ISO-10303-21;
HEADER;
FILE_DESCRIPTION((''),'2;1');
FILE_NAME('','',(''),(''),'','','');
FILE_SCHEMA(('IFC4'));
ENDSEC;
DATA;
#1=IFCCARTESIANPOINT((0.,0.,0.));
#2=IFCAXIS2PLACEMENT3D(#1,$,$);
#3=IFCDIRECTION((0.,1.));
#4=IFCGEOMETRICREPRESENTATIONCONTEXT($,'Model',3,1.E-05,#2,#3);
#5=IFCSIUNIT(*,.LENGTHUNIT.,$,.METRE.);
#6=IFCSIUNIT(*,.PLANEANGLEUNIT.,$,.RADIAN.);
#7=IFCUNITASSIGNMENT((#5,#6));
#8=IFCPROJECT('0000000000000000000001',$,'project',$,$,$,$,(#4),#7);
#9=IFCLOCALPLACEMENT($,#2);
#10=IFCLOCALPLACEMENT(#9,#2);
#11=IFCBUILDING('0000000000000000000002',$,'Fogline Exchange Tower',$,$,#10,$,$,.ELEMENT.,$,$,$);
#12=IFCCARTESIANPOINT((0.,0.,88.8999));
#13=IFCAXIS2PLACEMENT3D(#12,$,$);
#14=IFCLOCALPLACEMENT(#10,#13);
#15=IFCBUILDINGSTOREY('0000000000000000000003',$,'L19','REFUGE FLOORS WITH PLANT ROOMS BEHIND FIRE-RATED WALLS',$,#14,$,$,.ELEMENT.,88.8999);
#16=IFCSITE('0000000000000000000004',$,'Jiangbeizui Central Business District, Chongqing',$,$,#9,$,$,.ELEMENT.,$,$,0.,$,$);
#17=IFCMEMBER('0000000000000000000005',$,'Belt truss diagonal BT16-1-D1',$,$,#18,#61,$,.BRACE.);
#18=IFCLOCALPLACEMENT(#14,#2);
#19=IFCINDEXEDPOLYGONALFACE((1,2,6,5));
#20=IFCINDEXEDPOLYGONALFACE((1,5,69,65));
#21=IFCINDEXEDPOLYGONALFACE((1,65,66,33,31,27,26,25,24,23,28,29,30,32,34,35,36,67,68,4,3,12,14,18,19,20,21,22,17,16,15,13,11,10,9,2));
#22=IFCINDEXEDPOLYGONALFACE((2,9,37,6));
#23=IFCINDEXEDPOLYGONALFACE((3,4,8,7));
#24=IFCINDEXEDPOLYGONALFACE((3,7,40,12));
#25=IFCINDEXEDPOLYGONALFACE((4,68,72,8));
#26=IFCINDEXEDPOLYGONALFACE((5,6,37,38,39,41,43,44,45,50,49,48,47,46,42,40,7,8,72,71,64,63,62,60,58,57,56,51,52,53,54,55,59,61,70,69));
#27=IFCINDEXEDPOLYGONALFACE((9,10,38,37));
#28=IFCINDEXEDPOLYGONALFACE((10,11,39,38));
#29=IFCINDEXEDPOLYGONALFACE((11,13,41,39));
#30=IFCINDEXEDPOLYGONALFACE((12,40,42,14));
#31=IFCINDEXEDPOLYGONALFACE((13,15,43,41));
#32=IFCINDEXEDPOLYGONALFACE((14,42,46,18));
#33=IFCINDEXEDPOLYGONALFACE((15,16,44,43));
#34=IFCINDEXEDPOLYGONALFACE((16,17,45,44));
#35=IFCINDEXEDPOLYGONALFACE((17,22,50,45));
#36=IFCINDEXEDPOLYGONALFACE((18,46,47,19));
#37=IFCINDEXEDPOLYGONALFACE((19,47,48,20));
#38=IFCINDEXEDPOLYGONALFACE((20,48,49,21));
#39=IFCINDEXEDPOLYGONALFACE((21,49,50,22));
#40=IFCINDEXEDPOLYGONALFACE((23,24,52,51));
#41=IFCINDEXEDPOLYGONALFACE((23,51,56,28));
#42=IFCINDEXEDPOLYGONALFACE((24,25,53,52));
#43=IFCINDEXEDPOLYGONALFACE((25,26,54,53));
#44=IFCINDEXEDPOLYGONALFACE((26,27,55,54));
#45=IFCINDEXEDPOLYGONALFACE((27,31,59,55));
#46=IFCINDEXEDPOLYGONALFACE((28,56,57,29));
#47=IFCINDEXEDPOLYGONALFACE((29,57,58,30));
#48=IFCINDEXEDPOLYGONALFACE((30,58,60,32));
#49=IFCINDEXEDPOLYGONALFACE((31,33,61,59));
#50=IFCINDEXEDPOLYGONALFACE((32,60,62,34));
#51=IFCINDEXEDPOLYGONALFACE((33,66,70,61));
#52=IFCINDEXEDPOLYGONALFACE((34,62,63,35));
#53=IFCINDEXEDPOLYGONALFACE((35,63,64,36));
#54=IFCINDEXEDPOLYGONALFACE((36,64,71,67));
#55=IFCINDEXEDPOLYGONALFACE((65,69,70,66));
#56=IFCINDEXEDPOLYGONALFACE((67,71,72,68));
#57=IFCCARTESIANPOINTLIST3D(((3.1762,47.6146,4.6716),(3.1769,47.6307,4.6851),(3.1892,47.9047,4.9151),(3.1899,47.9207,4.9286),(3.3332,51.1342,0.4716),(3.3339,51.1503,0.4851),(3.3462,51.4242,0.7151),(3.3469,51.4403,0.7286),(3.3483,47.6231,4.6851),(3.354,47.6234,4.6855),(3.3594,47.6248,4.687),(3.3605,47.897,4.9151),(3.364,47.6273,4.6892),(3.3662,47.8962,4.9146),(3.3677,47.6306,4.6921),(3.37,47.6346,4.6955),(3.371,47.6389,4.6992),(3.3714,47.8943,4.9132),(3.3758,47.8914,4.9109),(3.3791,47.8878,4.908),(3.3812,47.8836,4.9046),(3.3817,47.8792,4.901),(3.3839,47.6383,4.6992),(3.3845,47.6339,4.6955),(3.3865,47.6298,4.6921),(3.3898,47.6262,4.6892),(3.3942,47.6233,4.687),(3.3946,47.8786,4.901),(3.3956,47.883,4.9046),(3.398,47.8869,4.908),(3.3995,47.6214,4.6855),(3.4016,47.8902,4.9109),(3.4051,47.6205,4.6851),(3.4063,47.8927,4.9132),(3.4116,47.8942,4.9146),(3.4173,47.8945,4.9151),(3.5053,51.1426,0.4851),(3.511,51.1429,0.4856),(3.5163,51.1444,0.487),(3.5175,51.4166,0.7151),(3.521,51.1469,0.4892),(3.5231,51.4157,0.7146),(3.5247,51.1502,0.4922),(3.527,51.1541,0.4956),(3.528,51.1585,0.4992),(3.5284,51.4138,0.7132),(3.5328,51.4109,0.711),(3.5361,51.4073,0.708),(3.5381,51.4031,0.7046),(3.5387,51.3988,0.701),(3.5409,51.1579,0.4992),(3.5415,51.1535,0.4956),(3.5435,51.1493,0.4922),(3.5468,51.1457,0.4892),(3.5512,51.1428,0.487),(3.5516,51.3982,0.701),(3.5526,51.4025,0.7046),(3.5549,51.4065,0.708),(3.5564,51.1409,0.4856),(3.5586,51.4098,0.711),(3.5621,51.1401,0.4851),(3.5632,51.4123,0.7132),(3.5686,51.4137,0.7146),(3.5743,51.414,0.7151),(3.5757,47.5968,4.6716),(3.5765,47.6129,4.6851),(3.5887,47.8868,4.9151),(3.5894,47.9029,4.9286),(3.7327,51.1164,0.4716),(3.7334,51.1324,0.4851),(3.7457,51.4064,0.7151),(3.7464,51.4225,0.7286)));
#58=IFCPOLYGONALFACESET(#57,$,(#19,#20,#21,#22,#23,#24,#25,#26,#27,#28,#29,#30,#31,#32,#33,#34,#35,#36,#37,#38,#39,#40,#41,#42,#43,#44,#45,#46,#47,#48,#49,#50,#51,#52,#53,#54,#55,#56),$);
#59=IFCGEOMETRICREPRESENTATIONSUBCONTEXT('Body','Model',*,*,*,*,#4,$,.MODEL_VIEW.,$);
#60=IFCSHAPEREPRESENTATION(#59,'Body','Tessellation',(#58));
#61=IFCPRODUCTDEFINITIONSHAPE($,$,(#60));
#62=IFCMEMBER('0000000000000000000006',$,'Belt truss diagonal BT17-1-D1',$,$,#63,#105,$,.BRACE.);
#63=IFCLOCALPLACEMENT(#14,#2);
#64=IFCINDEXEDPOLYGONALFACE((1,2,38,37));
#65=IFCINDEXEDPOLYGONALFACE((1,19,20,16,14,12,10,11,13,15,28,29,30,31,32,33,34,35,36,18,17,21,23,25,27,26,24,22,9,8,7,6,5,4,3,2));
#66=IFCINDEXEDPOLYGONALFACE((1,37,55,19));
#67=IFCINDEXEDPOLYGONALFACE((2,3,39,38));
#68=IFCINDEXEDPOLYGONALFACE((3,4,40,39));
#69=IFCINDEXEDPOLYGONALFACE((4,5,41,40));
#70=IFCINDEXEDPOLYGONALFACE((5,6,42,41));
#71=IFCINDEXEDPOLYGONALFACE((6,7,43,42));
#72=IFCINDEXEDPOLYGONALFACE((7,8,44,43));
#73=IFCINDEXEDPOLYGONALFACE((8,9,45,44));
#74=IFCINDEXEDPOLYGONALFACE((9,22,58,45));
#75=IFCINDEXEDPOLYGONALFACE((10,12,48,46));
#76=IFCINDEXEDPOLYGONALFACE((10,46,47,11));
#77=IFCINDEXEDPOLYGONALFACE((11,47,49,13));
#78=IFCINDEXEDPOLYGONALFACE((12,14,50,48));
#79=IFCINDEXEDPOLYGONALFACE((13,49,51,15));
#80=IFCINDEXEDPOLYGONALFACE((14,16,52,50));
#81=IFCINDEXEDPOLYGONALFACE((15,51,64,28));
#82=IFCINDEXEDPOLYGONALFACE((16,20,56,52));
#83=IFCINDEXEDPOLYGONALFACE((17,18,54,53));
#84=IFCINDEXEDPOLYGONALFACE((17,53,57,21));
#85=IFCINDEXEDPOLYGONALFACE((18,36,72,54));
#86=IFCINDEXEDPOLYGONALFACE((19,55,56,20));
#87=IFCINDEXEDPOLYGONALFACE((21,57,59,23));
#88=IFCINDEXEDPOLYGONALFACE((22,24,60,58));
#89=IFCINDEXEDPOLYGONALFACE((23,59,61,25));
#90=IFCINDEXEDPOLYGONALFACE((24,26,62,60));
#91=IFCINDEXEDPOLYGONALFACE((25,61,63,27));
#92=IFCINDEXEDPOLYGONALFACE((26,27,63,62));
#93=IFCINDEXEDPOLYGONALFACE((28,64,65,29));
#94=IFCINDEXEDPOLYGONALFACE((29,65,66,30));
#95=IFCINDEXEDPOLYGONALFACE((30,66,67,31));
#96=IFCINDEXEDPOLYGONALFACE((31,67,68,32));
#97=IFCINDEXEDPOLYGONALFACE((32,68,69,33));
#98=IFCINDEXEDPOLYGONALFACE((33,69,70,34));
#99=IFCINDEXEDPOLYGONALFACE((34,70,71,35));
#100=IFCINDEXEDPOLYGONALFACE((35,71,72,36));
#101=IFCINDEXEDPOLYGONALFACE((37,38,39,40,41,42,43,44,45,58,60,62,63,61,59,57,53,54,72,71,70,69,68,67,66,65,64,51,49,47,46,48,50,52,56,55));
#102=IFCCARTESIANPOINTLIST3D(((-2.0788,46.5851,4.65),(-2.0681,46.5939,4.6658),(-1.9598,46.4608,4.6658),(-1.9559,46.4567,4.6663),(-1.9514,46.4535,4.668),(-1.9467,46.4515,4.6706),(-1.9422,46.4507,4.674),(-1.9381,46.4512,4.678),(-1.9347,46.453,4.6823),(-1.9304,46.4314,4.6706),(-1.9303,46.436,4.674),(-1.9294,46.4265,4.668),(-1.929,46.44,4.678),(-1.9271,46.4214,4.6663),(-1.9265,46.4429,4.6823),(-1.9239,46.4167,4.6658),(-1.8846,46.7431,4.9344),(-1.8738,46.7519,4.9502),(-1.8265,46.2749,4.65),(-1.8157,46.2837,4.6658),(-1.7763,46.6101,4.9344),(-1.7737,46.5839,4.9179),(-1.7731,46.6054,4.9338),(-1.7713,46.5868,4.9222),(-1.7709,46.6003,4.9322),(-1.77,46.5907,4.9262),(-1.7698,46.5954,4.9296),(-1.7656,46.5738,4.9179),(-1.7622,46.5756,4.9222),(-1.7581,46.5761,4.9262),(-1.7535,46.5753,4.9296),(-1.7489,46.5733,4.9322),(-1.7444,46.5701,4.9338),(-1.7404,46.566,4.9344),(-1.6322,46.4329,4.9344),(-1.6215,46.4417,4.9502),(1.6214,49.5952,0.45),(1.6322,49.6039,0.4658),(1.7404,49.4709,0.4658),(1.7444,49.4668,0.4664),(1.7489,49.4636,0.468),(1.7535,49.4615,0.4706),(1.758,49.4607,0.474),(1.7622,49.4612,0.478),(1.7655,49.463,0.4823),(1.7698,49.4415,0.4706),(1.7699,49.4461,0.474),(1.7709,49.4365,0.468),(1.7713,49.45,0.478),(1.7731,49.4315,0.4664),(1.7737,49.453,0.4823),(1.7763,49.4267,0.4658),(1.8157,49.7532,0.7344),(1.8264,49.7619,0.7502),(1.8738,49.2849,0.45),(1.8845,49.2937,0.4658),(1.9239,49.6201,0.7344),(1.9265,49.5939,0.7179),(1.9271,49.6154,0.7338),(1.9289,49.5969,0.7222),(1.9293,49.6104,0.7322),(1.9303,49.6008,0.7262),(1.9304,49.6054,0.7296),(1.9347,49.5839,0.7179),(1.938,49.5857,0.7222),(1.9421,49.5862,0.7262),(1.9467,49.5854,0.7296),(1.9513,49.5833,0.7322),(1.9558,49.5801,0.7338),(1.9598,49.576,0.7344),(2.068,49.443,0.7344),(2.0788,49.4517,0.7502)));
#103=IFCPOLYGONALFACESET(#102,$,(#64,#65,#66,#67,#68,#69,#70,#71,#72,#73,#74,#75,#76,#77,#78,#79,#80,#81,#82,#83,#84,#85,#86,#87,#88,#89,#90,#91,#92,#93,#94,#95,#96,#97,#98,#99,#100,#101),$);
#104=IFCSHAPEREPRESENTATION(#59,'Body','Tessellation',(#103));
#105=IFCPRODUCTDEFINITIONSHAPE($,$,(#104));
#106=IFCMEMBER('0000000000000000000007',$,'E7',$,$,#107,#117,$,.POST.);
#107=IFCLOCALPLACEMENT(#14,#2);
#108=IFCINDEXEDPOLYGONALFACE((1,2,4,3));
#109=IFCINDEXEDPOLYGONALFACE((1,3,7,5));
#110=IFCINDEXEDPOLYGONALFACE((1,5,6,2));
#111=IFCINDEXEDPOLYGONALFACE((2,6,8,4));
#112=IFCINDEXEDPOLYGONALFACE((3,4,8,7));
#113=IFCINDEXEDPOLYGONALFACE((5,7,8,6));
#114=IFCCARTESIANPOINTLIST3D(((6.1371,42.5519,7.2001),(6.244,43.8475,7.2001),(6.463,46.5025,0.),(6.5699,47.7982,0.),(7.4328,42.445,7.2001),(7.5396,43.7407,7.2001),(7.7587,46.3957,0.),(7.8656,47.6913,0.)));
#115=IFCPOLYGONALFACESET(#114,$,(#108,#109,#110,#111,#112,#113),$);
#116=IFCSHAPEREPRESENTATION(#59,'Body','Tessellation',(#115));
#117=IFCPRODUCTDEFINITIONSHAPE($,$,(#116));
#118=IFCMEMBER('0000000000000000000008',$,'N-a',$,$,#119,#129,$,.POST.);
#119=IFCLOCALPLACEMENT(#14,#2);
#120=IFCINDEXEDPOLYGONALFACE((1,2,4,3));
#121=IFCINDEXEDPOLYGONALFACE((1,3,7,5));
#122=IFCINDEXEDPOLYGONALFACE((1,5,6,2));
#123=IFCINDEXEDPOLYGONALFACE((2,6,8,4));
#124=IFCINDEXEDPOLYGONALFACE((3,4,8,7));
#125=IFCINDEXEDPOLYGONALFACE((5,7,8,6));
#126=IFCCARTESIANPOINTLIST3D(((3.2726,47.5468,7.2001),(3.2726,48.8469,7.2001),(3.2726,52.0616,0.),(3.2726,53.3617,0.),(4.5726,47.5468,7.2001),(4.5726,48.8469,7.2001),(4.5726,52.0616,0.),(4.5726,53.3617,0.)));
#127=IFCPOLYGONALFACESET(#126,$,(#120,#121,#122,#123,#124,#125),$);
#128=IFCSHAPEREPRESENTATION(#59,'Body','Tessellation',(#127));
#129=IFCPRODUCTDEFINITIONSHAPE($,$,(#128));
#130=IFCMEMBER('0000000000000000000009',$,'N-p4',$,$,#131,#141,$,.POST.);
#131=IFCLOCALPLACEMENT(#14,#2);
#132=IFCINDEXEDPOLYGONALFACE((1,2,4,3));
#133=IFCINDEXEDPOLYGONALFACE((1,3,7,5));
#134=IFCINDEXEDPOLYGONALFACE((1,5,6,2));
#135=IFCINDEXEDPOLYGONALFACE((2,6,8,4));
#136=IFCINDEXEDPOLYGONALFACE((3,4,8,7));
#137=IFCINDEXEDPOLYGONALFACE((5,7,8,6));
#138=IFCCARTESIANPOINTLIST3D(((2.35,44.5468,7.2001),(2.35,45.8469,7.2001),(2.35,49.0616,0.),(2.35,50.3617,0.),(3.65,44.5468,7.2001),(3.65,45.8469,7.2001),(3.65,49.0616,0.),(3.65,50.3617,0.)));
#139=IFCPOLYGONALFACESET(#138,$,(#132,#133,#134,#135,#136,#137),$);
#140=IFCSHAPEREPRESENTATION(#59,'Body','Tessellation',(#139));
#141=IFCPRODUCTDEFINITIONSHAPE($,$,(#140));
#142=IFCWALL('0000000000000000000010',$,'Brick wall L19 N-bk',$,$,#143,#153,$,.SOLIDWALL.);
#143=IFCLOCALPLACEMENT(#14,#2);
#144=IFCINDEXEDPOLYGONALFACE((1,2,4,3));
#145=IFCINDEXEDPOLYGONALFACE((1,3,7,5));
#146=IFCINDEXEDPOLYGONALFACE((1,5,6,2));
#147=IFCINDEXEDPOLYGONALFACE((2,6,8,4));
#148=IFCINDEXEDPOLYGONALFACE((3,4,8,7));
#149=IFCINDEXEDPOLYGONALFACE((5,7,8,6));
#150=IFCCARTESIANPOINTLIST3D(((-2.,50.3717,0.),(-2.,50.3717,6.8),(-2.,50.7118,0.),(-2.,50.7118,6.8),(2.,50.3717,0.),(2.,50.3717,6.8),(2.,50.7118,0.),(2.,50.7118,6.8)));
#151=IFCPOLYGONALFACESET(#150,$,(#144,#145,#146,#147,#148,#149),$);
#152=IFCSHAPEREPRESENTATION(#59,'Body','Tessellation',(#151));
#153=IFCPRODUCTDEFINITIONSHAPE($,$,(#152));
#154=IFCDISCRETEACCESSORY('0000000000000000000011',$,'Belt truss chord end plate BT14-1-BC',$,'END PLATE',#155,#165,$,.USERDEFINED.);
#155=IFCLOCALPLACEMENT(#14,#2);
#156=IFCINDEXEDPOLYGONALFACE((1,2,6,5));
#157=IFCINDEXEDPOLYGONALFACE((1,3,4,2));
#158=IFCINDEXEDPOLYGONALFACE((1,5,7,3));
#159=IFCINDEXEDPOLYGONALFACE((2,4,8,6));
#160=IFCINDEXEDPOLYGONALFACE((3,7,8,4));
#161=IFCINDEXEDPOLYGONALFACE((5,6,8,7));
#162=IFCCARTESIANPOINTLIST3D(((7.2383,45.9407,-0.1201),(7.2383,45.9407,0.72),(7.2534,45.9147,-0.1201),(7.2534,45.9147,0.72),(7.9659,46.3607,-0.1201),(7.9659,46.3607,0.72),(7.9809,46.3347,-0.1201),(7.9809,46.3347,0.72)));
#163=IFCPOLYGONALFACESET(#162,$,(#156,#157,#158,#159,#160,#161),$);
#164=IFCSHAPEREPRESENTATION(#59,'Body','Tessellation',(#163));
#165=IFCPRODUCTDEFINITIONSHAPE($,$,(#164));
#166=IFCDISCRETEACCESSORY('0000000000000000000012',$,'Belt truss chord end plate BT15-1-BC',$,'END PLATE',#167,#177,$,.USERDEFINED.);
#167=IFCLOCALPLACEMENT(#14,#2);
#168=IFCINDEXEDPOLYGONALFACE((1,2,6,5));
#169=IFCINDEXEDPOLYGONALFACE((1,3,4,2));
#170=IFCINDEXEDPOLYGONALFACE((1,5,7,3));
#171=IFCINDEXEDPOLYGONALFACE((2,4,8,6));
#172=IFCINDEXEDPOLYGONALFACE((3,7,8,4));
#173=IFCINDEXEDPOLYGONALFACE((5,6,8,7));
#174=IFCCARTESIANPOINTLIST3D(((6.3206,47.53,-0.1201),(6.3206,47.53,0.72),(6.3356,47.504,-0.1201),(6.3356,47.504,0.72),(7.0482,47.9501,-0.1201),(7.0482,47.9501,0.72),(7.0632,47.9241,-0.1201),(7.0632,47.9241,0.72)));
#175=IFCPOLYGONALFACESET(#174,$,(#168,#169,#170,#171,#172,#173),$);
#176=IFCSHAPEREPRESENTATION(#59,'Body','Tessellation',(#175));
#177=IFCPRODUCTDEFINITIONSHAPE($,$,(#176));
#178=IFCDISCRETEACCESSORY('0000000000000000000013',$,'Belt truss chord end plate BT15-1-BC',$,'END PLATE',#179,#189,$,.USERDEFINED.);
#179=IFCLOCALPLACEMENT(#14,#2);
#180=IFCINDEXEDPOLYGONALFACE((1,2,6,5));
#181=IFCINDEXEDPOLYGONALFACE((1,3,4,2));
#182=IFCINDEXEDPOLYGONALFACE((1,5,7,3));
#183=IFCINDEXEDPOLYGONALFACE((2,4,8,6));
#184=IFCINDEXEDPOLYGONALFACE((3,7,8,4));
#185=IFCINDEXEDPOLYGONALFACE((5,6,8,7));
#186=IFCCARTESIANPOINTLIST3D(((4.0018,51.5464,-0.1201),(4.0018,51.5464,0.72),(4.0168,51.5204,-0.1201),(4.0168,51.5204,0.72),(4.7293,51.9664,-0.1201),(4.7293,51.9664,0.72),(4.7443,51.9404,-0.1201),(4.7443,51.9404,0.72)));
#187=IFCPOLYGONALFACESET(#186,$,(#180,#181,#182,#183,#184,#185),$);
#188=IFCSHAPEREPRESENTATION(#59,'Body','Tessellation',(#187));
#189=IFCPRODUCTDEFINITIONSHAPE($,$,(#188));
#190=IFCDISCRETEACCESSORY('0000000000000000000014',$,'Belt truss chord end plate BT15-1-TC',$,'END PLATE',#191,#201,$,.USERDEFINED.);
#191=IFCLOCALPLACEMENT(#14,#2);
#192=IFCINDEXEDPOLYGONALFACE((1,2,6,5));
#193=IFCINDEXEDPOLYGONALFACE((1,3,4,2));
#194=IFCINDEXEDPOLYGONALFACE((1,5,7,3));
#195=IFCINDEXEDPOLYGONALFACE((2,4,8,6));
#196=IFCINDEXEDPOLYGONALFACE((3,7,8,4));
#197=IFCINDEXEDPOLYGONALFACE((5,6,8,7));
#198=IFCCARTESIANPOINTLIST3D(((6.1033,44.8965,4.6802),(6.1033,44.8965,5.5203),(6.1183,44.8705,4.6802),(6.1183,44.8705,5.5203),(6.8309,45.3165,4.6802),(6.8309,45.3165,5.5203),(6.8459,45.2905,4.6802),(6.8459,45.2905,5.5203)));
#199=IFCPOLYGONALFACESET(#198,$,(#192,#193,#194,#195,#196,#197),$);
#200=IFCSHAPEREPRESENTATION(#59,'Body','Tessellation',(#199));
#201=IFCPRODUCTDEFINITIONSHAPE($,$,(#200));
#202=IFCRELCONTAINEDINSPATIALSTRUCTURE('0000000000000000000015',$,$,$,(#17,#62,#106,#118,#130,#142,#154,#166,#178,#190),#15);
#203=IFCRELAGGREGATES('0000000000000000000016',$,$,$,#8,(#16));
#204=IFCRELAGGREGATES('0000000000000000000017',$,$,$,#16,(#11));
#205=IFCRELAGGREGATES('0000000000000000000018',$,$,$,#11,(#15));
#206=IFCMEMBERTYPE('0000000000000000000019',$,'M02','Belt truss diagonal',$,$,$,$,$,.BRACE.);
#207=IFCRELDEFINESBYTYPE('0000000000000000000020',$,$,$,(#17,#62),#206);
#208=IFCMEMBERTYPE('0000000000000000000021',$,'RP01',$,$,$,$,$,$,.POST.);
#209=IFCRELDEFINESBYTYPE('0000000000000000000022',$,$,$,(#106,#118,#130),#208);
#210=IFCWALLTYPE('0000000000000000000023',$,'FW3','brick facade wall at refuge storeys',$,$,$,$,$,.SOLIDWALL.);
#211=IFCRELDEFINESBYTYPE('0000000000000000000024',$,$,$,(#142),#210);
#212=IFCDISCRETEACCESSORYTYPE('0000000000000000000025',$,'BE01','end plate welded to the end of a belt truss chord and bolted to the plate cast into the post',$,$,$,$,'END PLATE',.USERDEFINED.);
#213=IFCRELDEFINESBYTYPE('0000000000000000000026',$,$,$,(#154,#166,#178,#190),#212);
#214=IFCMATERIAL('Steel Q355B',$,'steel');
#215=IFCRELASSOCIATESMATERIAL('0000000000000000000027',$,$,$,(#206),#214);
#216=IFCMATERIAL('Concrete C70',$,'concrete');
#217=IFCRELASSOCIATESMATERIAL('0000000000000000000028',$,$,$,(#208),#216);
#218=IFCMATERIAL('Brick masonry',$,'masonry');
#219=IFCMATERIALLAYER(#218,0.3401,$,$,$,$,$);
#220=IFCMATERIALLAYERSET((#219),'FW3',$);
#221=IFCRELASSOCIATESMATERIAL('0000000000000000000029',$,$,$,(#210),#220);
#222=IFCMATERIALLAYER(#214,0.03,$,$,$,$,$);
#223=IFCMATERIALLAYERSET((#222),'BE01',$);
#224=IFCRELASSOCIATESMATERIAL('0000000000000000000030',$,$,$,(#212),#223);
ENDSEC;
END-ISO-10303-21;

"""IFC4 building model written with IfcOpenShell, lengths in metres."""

from ifc_helpers import new_model, si_unit, direction, frame, frame_2d, origin, origin_2d, place, context, subcontext, project, spatial, rectangle, i_section, extrude, material, layer, layer_set, material_profile, profile_set, type_object, element, save


model = new_model("IFC4")

# Units and contexts
model_context = context("Model", 3, precision=1e-05, world=origin(), true_north=direction((0.0, 1.0)))
body_context = subcontext(model_context, "Body", "Model", "MODEL_VIEW")
ifc_project = project(units=[si_unit("LENGTHUNIT", "METRE"), si_unit("PLANEANGLEUNIT", "RADIAN")], contexts=[model_context])

# Site, building, storey
site_placement = place(None, origin())
site = spatial("IfcSite", under=ifc_project, at=site_placement, Name="Jiangbeizui Central Business District, Chongqing", CompositionType="ELEMENT", RefElevation=0.0)
building_placement = place(site_placement, origin())
building = spatial("IfcBuilding", under=site, at=building_placement, Name="Fogline Exchange Tower", CompositionType="ELEMENT")
storey_placement = place(building_placement, frame((0.0, 0.0, 88.8999)))
storey = spatial("IfcBuildingStorey", under=building, at=storey_placement, Name="L19", Description="REFUGE FLOORS WITH PLANT ROOMS BEHIND FIRE-RATED WALLS", CompositionType="ELEMENT", Elevation=88.8999)

# Members
ifc_material_1 = material(Name="Steel Q355B", Category="steel")
ifc_material_profile_1 = material_profile(ifc_material_1, i_section(OverallWidth=0.3999, OverallDepth=0.3999, WebThickness=0.0129, FlangeThickness=0.021, FilletRadius=0.022, at=origin_2d()), Name="HW400X400X13X21")
ifc_profile_set_1 = profile_set([ifc_material_profile_1], Name="Steel Q355B")
member_type_1 = type_object("IfcMemberType", Name="M02", Description="Belt truss diagonal", PredefinedType="BRACE", material=ifc_profile_set_1)
member_1_placement = place(storey_placement, frame((3.5398, 51.2783, 0.6001), z_axis=(-0.028636, -0.642026, 0.766147), x_axis=(0.999007, -0.044559, 0.0)))
element("IfcMember", 1, at=member_1_placement, inside=storey, type_object=member_type_1, Name="Belt truss diagonal BT16-1-D1", PredefinedType="BRACE", context=body_context, shape_type="SweptSolid", body=[
    extrude(i_section(OverallWidth=0.3999, OverallDepth=0.3999, WebThickness=0.0129, FlangeThickness=0.021, FilletRadius=0.022, at=origin_2d()), origin(), (0.0, 0.0, 1.0), 5.4819),
])
member_2_placement = place(storey_placement, frame((1.8501, 49.5234, 0.6001), z_axis=(-0.582212, -0.473614, 0.660847), x_axis=(0.631047, -0.775744, 0.0)))
element("IfcMember", 2, at=member_2_placement, inside=storey, type_object=member_type_1, Name="Belt truss diagonal BT17-1-D1", PredefinedType="BRACE", context=body_context, shape_type="SweptSolid", body=[
    extrude(i_section(OverallWidth=0.3999, OverallDepth=0.3999, WebThickness=0.0129, FlangeThickness=0.021, FilletRadius=0.022, at=origin_2d()), origin(), (0.0, 0.0, 1.0), 6.3555),
])
ifc_material_2 = material(Name="Concrete C70", Category="concrete")
ifc_material_profile_2 = material_profile(ifc_material_2, rectangle(XDim=1.3, YDim=1.3, at=origin_2d()), Name="RC 1300x1300")
ifc_profile_set_2 = profile_set([ifc_material_profile_2], Name="Concrete C70")
member_type_2 = type_object("IfcMemberType", Name="RP01", PredefinedType="POST", material=ifc_profile_set_2)
member_3_placement = place(storey_placement, frame((7.1643, 47.0969, 0.0), z_axis=(0.0, 0.0, 1.0), x_axis=(0.996614, -0.08222, 0.0)))
element("IfcMember", 3, at=member_3_placement, inside=storey, type_object=member_type_2, Name="E7", PredefinedType="POST", context=body_context, shape_type="SweptSolid", body=[
    extrude(rectangle(XDim=1.3, YDim=1.3, at=origin_2d()), origin(), (0.0, -0.482292, 0.87601), 8.2192),
])
for number, where, z_axis, x_axis, name in (
    (4, (3.9226, 52.7117, 0.0), (0.0, 0.0, 1.0), (1.0, 0.0, 0.0), "N-a"),
    (5, (3.0, 49.7117, 0.0), (0.0, 0.0, 1.0), (1.0, 0.0, 0.0), "N-p4"),
):
    element("IfcMember", number, at=place(storey_placement, frame(where, z_axis=z_axis, x_axis=x_axis)), inside=storey, type_object=member_type_2, Name=name, PredefinedType="POST", context=body_context, shape_type="SweptSolid", body=[
        extrude(rectangle(XDim=1.3, YDim=1.3, at=origin_2d()), origin(), (0.0, -0.531248, 0.847216), 8.4985),
    ])

# Wall
ifc_material_3 = material(Name="Brick masonry", Category="masonry")
ifc_layer_1 = layer(ifc_material_3, 0.3401)
ifc_layer_set_1 = layer_set([ifc_layer_1], Name="FW3")
wall_type = type_object("IfcWallType", Name="FW3", Description="brick facade wall at refuge storeys", PredefinedType="SOLIDWALL", material=ifc_layer_set_1)
wall_placement = place(storey_placement, frame((2.0, 50.5417, 0.0), z_axis=(0.0, 0.0, 1.0), x_axis=(-1.0, 0.0, 0.0)))
element("IfcWall", 6, at=wall_placement, inside=storey, type_object=wall_type, Name="Brick wall L19 N-bk", PredefinedType="SOLIDWALL", context=body_context, shape_type="SweptSolid", body=[
    extrude(rectangle(XDim=4.0, YDim=0.3401, at=frame_2d((2.0, 0.0))), origin(), (0.0, 0.0, 1.0), 6.8),
])

# Discrete accessories
ifc_layer_2 = layer(ifc_material_1, 0.03)
ifc_layer_set_2 = layer_set([ifc_layer_2], Name="BE01")
discrete_accessory_type = type_object("IfcDiscreteAccessoryType", Name="BE01", Description="end plate welded to the end of a belt truss chord and bolted to the plate cast into the post", ElementType="END PLATE", PredefinedType="USERDEFINED", material=ifc_layer_set_2)
for number, where, z_axis, x_axis, name in (
    (7, (7.6096, 46.1377, -0.1201), (0.0, 0.0, 1.0), (-0.5, 0.866025, 0.0), "Belt truss chord end plate BT14-1-BC"),
    (8, (6.6919, 47.7271, -0.1201), (0.0, 0.0, 1.0), (0.5, -0.866025, 0.0), "Belt truss chord end plate BT15-1-BC"),
    (9, (4.373, 51.7434, -0.1201), (0.0, 0.0, 1.0), (-0.5, 0.866025, 0.0), "Belt truss chord end plate BT15-1-BC"),
    (10, (6.4746, 45.0935, 4.6802), (0.0, 0.0, 1.0), (0.5, -0.866025, 0.0), "Belt truss chord end plate BT15-1-TC"),
):
    element("IfcDiscreteAccessory", number, at=place(storey_placement, frame(where, z_axis=z_axis, x_axis=x_axis)), inside=storey, type_object=discrete_accessory_type, Name=name, ObjectType="END PLATE", PredefinedType="USERDEFINED", context=body_context, shape_type="SweptSolid", body=[
        extrude(rectangle(XDim=0.03, YDim=0.8401, at=origin_2d()), origin(), (0.0, 0.0, 1.0), 0.8401),
    ])

save(model, "model.ifc")
